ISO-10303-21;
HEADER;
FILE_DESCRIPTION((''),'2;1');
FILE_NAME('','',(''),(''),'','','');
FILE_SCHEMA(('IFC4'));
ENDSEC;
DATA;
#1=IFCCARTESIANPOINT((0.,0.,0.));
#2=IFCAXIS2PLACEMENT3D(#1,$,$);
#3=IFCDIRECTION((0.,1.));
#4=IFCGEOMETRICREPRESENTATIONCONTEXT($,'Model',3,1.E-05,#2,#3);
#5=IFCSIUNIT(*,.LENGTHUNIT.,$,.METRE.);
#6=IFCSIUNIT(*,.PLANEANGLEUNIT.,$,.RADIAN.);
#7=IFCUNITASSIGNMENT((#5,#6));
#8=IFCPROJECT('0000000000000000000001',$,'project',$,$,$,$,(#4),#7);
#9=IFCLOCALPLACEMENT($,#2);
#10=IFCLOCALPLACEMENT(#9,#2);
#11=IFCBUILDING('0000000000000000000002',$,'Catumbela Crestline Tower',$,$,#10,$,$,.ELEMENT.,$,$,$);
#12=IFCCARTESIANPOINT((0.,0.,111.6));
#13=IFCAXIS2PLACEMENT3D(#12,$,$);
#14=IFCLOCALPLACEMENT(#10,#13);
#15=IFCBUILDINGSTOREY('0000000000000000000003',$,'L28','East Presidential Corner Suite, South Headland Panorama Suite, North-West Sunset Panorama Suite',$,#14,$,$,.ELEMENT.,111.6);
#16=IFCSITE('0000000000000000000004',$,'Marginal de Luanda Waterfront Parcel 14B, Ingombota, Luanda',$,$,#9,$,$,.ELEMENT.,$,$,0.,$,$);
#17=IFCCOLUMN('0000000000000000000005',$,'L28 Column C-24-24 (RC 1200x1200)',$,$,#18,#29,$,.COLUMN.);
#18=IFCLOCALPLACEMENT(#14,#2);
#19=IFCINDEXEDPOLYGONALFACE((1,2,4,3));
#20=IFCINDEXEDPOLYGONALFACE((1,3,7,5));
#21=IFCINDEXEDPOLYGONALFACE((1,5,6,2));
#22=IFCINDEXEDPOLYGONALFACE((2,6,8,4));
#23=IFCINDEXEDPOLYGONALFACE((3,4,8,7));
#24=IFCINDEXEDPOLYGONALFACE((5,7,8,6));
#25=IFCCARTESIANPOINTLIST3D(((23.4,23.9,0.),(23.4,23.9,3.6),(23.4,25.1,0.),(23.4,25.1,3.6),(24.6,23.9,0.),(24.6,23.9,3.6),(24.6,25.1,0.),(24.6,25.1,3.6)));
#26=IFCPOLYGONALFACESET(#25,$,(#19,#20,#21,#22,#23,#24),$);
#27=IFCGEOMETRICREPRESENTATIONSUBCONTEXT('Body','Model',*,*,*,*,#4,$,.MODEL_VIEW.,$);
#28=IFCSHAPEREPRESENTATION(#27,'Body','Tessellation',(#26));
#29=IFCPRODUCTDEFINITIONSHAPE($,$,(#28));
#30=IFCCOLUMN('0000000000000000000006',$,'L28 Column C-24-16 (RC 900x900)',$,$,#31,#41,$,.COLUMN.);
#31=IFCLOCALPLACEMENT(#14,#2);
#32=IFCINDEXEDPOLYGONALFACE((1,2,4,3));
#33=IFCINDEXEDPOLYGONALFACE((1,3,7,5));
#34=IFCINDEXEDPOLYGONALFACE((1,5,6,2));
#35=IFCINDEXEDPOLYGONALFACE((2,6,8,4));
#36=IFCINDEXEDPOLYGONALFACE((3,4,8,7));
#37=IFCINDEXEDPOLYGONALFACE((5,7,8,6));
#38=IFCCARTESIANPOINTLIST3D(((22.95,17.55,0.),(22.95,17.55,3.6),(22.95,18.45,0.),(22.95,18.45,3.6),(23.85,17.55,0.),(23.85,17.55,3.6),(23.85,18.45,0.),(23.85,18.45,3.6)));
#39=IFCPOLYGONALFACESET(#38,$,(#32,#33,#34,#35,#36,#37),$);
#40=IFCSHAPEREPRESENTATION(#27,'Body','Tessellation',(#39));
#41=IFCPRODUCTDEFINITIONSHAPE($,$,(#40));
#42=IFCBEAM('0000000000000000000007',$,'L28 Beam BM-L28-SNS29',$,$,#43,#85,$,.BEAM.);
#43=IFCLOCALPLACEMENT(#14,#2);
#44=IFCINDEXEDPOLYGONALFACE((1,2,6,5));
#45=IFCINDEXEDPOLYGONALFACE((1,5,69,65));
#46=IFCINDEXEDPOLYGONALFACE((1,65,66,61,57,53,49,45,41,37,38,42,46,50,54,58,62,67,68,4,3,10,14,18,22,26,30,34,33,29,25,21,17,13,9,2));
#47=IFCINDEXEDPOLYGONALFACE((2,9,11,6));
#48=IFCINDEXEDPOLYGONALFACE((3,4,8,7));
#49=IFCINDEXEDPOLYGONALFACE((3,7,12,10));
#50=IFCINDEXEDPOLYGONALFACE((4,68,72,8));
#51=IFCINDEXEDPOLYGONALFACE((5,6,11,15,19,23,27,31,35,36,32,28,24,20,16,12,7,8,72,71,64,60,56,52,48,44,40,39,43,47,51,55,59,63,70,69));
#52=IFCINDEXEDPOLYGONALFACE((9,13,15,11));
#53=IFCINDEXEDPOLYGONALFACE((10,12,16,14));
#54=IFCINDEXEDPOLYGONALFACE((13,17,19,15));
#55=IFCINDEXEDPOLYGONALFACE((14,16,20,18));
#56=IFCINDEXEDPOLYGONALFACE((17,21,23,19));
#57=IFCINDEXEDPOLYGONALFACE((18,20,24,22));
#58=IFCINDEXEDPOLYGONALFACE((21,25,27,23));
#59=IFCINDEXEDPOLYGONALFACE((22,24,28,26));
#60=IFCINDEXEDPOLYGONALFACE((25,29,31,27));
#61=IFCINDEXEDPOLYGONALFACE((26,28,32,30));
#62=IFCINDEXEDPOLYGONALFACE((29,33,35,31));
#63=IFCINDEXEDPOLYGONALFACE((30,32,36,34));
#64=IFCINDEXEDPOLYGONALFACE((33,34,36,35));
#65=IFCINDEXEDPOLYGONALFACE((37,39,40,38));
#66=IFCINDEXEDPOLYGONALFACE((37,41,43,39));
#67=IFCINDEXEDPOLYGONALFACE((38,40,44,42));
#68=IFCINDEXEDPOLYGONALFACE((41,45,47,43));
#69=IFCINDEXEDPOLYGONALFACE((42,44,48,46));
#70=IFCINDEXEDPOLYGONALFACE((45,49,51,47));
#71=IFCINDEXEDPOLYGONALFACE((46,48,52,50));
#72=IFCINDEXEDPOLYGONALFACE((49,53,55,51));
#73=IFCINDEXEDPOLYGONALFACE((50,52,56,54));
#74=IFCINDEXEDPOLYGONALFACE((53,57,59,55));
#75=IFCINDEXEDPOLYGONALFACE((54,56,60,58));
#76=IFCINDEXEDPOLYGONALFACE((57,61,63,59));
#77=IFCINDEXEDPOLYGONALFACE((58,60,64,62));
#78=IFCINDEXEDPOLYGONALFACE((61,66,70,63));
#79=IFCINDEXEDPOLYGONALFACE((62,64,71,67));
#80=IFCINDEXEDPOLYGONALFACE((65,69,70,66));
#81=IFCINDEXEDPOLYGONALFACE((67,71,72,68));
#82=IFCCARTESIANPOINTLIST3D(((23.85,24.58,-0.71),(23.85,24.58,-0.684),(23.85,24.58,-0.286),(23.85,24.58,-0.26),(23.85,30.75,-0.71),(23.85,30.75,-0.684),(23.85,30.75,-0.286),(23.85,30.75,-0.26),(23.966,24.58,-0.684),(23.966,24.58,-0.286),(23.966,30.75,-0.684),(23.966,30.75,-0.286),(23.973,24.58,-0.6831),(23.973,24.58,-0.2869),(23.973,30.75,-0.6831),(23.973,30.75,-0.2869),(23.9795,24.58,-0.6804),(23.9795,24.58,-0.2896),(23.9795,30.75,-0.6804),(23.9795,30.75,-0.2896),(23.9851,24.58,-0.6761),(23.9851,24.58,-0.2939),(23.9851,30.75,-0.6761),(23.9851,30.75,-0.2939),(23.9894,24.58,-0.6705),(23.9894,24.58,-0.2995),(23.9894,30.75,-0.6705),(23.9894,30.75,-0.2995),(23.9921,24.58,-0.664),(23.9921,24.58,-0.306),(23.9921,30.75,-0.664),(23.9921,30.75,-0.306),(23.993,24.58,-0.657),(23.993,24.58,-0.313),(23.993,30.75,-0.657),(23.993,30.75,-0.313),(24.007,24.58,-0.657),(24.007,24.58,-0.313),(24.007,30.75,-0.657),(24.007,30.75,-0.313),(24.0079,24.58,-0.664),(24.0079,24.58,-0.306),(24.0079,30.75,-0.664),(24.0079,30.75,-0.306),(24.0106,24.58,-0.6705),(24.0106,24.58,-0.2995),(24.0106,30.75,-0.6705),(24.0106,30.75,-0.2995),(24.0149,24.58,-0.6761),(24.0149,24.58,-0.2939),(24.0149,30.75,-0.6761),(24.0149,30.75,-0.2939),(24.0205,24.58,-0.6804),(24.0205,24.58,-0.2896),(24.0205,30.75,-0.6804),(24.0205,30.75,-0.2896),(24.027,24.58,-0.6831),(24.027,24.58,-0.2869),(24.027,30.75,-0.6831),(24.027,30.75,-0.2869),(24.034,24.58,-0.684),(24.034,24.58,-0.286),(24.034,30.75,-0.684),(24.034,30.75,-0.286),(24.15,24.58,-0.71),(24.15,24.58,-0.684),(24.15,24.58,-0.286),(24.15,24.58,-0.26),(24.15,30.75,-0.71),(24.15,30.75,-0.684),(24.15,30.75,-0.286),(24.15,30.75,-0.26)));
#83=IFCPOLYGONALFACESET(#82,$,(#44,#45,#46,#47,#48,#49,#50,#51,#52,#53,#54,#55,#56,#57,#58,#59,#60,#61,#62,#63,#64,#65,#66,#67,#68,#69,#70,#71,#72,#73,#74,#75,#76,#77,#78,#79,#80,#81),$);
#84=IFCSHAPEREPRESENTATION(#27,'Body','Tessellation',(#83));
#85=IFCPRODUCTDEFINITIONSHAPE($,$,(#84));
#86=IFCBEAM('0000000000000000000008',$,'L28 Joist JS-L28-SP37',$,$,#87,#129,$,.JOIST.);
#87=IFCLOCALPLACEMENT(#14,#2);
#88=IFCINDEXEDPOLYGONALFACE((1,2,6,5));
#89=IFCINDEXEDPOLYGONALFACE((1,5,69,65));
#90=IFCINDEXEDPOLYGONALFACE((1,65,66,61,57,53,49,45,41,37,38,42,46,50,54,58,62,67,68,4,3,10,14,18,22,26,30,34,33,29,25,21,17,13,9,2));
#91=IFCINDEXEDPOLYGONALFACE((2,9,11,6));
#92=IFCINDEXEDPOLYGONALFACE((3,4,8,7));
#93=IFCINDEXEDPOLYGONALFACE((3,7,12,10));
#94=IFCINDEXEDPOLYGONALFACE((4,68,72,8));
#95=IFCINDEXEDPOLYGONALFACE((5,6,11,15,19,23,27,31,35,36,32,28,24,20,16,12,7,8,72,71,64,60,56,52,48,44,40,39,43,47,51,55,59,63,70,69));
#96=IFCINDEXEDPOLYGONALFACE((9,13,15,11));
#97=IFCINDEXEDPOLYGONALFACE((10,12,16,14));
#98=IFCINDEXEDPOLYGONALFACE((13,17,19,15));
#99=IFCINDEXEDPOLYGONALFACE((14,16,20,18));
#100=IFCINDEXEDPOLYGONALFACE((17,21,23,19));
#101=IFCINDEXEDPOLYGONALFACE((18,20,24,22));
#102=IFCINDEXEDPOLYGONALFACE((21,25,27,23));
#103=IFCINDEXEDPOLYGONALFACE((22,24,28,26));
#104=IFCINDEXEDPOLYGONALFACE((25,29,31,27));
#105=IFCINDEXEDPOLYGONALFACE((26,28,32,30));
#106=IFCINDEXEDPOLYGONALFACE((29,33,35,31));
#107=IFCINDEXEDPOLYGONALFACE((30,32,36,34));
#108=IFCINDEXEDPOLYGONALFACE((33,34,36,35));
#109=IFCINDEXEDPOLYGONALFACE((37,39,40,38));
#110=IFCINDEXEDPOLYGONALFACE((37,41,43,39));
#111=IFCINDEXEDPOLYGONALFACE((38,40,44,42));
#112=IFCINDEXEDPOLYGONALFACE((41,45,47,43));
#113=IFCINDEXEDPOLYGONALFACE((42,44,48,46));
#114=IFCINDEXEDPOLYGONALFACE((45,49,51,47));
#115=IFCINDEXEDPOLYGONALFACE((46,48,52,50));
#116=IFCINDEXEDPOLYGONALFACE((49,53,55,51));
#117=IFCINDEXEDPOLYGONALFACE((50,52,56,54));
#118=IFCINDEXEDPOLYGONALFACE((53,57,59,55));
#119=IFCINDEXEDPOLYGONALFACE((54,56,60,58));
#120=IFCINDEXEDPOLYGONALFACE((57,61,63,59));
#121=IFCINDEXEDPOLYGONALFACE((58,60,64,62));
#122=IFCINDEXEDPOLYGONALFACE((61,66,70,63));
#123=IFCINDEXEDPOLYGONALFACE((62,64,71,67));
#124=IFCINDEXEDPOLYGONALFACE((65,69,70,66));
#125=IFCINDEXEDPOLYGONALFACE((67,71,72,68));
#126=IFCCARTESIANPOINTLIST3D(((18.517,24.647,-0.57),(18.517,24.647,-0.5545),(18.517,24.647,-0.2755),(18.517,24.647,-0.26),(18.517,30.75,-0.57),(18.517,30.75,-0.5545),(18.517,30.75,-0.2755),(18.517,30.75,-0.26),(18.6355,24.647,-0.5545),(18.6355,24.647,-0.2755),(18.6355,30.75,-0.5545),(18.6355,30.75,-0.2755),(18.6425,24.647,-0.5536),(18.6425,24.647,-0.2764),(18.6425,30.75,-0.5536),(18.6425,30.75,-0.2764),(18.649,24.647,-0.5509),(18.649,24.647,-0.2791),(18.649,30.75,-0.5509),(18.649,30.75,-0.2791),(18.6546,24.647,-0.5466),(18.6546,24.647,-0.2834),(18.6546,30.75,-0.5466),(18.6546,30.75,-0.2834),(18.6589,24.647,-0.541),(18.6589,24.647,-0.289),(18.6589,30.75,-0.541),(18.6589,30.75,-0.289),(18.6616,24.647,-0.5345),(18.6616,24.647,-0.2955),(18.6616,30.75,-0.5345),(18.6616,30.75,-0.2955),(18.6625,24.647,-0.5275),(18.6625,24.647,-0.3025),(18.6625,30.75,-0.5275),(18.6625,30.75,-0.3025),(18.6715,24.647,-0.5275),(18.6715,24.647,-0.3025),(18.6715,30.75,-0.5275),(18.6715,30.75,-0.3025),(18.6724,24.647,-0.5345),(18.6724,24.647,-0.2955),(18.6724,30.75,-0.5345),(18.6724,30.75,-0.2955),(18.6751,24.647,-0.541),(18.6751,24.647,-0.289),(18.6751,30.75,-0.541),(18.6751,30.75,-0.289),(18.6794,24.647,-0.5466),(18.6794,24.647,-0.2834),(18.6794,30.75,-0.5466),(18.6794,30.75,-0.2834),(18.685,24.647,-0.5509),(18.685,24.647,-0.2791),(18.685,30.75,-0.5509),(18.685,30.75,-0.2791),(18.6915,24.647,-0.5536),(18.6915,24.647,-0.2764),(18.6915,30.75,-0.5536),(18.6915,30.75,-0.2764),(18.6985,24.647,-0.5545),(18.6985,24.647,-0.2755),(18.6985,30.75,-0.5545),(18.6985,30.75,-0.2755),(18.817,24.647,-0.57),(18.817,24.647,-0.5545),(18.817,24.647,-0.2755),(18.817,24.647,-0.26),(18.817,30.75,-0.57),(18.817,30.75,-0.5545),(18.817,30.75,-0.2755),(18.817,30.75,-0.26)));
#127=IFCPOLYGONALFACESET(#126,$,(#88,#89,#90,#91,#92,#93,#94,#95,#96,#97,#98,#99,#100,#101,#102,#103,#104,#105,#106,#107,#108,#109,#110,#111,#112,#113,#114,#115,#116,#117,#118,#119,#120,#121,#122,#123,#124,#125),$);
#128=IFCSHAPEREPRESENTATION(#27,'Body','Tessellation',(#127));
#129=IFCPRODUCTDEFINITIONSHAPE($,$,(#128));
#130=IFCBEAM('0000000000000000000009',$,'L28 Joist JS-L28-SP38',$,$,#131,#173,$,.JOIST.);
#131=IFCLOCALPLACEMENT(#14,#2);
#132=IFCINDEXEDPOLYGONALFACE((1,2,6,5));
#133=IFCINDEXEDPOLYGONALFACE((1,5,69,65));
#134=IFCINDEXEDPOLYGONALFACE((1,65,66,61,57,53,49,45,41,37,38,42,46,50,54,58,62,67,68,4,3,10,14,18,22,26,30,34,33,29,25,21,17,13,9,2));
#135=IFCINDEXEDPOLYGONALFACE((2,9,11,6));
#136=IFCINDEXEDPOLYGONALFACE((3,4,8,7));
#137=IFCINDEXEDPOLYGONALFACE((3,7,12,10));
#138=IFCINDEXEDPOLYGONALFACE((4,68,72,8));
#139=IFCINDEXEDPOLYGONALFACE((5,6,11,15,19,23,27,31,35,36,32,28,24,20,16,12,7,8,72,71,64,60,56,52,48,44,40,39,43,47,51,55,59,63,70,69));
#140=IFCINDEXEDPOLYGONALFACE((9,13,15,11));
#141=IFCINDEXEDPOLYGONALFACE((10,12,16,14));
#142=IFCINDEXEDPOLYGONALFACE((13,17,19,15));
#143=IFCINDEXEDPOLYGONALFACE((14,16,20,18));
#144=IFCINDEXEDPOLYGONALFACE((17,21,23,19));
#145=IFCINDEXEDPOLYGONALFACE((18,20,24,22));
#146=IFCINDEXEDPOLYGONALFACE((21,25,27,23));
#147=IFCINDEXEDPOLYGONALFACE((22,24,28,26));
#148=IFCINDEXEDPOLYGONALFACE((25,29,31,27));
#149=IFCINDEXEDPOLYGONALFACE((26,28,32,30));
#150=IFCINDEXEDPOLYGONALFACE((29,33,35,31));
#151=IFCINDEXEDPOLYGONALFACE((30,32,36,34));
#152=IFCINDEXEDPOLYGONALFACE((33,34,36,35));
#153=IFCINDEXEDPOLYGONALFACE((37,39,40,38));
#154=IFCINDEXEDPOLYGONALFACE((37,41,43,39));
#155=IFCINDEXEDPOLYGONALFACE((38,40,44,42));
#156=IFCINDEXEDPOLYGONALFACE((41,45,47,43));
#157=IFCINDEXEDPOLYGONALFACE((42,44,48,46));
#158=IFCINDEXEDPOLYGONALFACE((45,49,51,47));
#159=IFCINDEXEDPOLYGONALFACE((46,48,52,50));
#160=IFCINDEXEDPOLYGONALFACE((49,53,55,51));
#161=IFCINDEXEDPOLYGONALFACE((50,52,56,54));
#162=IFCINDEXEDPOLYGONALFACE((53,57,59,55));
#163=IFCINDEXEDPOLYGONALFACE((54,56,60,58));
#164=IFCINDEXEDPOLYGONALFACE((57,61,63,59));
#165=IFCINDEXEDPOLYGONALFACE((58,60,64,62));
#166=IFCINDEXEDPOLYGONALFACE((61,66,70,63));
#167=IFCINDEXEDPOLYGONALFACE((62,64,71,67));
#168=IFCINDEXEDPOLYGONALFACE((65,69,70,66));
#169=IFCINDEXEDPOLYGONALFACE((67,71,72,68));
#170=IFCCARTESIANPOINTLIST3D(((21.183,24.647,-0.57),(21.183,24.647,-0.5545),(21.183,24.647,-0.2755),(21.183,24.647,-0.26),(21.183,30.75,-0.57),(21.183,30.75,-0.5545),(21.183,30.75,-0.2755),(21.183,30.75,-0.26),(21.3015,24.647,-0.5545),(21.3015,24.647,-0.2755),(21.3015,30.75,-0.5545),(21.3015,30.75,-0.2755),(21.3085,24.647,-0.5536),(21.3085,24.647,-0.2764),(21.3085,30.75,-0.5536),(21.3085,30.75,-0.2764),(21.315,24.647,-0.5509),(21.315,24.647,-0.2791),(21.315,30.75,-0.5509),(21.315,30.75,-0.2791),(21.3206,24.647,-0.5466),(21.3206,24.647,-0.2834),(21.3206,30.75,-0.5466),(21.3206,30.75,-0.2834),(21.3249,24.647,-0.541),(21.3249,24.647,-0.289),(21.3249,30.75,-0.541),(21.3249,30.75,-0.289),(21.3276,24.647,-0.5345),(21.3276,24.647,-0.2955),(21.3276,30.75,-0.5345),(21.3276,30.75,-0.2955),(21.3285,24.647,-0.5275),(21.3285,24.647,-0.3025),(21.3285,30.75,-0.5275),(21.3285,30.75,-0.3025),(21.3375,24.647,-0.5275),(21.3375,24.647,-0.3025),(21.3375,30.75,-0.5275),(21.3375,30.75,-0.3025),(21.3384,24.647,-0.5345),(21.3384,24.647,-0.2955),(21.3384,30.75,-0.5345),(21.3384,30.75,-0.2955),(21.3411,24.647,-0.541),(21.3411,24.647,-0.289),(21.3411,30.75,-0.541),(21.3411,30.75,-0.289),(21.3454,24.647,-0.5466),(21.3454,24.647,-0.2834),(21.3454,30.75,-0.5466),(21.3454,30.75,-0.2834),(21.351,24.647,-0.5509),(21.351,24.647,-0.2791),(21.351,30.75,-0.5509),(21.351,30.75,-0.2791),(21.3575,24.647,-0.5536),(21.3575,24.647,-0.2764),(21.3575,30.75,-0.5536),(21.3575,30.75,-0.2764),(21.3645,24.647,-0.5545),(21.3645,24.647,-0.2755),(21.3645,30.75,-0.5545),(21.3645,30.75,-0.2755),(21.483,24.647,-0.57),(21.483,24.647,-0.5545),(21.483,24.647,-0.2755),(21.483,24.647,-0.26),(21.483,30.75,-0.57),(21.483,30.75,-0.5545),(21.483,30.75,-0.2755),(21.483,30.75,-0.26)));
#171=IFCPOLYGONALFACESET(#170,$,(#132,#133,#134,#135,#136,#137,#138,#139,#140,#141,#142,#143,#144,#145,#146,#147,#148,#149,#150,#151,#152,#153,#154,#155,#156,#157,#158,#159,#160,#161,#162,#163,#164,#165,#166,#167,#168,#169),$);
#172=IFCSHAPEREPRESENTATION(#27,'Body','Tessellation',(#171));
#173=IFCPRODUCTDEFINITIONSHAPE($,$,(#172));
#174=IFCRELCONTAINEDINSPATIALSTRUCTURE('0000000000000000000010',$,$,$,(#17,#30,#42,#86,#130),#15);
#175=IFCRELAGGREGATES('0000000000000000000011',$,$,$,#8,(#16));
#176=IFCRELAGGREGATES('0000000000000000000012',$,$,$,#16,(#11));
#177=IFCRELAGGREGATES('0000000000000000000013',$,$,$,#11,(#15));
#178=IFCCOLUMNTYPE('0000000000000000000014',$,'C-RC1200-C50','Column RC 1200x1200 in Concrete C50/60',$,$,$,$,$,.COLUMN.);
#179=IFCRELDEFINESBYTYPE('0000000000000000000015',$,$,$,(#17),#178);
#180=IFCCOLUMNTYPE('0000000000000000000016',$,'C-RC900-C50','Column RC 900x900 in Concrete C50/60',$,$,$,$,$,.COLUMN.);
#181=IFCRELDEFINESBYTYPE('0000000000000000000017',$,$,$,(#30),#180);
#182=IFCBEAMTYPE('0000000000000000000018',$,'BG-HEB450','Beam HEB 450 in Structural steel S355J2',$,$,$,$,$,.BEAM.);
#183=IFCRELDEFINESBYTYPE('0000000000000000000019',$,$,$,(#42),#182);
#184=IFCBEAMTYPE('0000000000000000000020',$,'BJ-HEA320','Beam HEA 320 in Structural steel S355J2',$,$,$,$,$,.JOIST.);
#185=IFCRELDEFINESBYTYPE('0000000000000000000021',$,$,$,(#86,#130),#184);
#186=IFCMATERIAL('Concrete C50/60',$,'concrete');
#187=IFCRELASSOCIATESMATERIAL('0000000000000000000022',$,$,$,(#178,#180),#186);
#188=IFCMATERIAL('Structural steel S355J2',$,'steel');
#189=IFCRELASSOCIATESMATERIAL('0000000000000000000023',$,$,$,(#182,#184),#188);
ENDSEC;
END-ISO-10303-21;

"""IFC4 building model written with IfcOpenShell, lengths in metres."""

from ifc_helpers import new_model, si_unit, direction, frame, origin, origin_2d, place, context, subcontext, project, spatial, rectangle, i_section, extrude, material, material_profile, profile_set, type_object, element, save


model = new_model("IFC4")

# Units and contexts
model_context = context("Model", 3, precision=1e-05, world=origin(), true_north=direction((0.0, 1.0)))
body_context = subcontext(model_context, "Body", "Model", "MODEL_VIEW")
ifc_project = project(units=[si_unit("LENGTHUNIT", "METRE"), si_unit("PLANEANGLEUNIT", "RADIAN")], contexts=[model_context])

# Site, building, storey
site_placement = place(None, origin())
site = spatial("IfcSite", under=ifc_project, at=site_placement, Name="Marginal de Luanda Waterfront Parcel 14B, Ingombota, Luanda", CompositionType="ELEMENT", RefElevation=0.0)
building_placement = place(site_placement, origin())
building = spatial("IfcBuilding", under=site, at=building_placement, Name="Catumbela Crestline Tower", CompositionType="ELEMENT")
storey_placement = place(building_placement, frame((0.0, 0.0, 111.6)))
storey = spatial("IfcBuildingStorey", under=building, at=storey_placement, Name="L28", Description="East Presidential Corner Suite, South Headland Panorama Suite, North-West Sunset Panorama Suite", CompositionType="ELEMENT", Elevation=111.6)

# Columns
ifc_material_1 = material(Name="Concrete C50/60", Category="concrete")
ifc_material_profile_1 = material_profile(ifc_material_1, rectangle(XDim=1.2, YDim=1.2, at=origin_2d()), Name="RC 1200x1200")
ifc_profile_set_1 = profile_set([ifc_material_profile_1], Name="Concrete C50/60")
column_type_1 = type_object("IfcColumnType", Name="C-RC1200-C50", Description="Column RC 1200x1200 in Concrete C50/60", PredefinedType="COLUMN", material=ifc_profile_set_1)
column_1_placement = place(storey_placement, frame((24.0, 24.5, 0.0), z_axis=(0.0, 0.0, 1.0), x_axis=(1.0, 0.0, 0.0)))
element("IfcColumn", 1, at=column_1_placement, inside=storey, type_object=column_type_1, Name="L28 Column C-24-24 (RC 1200x1200)", PredefinedType="COLUMN", context=body_context, shape_type="SweptSolid", body=[
    extrude(rectangle(XDim=1.2, YDim=1.2, at=origin_2d()), origin(), (0.0, 0.0, 1.0), 3.6),
])
ifc_material_profile_2 = material_profile(ifc_material_1, rectangle(XDim=0.9, YDim=0.9, at=origin_2d()), Name="RC 900x900")
ifc_profile_set_2 = profile_set([ifc_material_profile_2], Name="Concrete C50/60")
column_type_2 = type_object("IfcColumnType", Name="C-RC900-C50", Description="Column RC 900x900 in Concrete C50/60", PredefinedType="COLUMN", material=ifc_profile_set_2)
column_2_placement = place(storey_placement, frame((23.4, 18.0, 0.0), z_axis=(0.0, 0.0, 1.0), x_axis=(1.0, 0.0, 0.0)))
element("IfcColumn", 2, at=column_2_placement, inside=storey, type_object=column_type_2, Name="L28 Column C-24-16 (RC 900x900)", PredefinedType="COLUMN", context=body_context, shape_type="SweptSolid", body=[
    extrude(rectangle(XDim=0.9, YDim=0.9, at=origin_2d()), origin(), (0.0, 0.0, 1.0), 3.6),
])

# Beams
ifc_material_2 = material(Name="Structural steel S355J2", Category="steel")
ifc_material_profile_3 = material_profile(ifc_material_2, i_section(OverallWidth=0.3, OverallDepth=0.45, WebThickness=0.014, FlangeThickness=0.026, FilletRadius=0.027, at=origin_2d()), Name="HEB 450")
ifc_profile_set_3 = profile_set([ifc_material_profile_3], Name="Structural steel S355J2")
beam_type_1 = type_object("IfcBeamType", Name="BG-HEB450", Description="Beam HEB 450 in Structural steel S355J2", PredefinedType="BEAM", material=ifc_profile_set_3)
beam_1_placement = place(storey_placement, frame((24.0, 24.58, -0.485), z_axis=(0.0, 1.0, 0.0), x_axis=(-1.0, 0.0, 0.0)))
element("IfcBeam", 3, at=beam_1_placement, inside=storey, type_object=beam_type_1, Name="L28 Beam BM-L28-SNS29", PredefinedType="BEAM", context=body_context, shape_type="SweptSolid", body=[
    extrude(i_section(OverallWidth=0.3, OverallDepth=0.45, WebThickness=0.014, FlangeThickness=0.026, FilletRadius=0.027, at=origin_2d()), origin(), (0.0, 0.0, 1.0), 6.17),
])
ifc_material_profile_4 = material_profile(ifc_material_2, i_section(OverallWidth=0.3, OverallDepth=0.31, WebThickness=0.009, FlangeThickness=0.0155, FilletRadius=0.027, at=origin_2d()), Name="HEA 320")
ifc_profile_set_4 = profile_set([ifc_material_profile_4], Name="Structural steel S355J2")
beam_type_2 = type_object("IfcBeamType", Name="BJ-HEA320", Description="Beam HEA 320 in Structural steel S355J2", PredefinedType="JOIST", material=ifc_profile_set_4)
for number, where, z_axis, x_axis, name in (
    (4, (18.667, 24.647, -0.415), (0.0, 1.0, 0.0), (-1.0, 0.0, 0.0), "L28 Joist JS-L28-SP37"),
    (5, (21.333, 24.647, -0.415), (0.0, 1.0, 0.0), (-1.0, 0.0, 0.0), "L28 Joist JS-L28-SP38"),
):
    element("IfcBeam", number, at=place(storey_placement, frame(where, z_axis=z_axis, x_axis=x_axis)), inside=storey, type_object=beam_type_2, Name=name, PredefinedType="JOIST", context=body_context, shape_type="SweptSolid", body=[
        extrude(i_section(OverallWidth=0.3, OverallDepth=0.31, WebThickness=0.009, FlangeThickness=0.0155, FilletRadius=0.027, at=origin_2d()), origin(), (0.0, 0.0, 1.0), 6.103),
    ])

save(model, "model.ifc")
